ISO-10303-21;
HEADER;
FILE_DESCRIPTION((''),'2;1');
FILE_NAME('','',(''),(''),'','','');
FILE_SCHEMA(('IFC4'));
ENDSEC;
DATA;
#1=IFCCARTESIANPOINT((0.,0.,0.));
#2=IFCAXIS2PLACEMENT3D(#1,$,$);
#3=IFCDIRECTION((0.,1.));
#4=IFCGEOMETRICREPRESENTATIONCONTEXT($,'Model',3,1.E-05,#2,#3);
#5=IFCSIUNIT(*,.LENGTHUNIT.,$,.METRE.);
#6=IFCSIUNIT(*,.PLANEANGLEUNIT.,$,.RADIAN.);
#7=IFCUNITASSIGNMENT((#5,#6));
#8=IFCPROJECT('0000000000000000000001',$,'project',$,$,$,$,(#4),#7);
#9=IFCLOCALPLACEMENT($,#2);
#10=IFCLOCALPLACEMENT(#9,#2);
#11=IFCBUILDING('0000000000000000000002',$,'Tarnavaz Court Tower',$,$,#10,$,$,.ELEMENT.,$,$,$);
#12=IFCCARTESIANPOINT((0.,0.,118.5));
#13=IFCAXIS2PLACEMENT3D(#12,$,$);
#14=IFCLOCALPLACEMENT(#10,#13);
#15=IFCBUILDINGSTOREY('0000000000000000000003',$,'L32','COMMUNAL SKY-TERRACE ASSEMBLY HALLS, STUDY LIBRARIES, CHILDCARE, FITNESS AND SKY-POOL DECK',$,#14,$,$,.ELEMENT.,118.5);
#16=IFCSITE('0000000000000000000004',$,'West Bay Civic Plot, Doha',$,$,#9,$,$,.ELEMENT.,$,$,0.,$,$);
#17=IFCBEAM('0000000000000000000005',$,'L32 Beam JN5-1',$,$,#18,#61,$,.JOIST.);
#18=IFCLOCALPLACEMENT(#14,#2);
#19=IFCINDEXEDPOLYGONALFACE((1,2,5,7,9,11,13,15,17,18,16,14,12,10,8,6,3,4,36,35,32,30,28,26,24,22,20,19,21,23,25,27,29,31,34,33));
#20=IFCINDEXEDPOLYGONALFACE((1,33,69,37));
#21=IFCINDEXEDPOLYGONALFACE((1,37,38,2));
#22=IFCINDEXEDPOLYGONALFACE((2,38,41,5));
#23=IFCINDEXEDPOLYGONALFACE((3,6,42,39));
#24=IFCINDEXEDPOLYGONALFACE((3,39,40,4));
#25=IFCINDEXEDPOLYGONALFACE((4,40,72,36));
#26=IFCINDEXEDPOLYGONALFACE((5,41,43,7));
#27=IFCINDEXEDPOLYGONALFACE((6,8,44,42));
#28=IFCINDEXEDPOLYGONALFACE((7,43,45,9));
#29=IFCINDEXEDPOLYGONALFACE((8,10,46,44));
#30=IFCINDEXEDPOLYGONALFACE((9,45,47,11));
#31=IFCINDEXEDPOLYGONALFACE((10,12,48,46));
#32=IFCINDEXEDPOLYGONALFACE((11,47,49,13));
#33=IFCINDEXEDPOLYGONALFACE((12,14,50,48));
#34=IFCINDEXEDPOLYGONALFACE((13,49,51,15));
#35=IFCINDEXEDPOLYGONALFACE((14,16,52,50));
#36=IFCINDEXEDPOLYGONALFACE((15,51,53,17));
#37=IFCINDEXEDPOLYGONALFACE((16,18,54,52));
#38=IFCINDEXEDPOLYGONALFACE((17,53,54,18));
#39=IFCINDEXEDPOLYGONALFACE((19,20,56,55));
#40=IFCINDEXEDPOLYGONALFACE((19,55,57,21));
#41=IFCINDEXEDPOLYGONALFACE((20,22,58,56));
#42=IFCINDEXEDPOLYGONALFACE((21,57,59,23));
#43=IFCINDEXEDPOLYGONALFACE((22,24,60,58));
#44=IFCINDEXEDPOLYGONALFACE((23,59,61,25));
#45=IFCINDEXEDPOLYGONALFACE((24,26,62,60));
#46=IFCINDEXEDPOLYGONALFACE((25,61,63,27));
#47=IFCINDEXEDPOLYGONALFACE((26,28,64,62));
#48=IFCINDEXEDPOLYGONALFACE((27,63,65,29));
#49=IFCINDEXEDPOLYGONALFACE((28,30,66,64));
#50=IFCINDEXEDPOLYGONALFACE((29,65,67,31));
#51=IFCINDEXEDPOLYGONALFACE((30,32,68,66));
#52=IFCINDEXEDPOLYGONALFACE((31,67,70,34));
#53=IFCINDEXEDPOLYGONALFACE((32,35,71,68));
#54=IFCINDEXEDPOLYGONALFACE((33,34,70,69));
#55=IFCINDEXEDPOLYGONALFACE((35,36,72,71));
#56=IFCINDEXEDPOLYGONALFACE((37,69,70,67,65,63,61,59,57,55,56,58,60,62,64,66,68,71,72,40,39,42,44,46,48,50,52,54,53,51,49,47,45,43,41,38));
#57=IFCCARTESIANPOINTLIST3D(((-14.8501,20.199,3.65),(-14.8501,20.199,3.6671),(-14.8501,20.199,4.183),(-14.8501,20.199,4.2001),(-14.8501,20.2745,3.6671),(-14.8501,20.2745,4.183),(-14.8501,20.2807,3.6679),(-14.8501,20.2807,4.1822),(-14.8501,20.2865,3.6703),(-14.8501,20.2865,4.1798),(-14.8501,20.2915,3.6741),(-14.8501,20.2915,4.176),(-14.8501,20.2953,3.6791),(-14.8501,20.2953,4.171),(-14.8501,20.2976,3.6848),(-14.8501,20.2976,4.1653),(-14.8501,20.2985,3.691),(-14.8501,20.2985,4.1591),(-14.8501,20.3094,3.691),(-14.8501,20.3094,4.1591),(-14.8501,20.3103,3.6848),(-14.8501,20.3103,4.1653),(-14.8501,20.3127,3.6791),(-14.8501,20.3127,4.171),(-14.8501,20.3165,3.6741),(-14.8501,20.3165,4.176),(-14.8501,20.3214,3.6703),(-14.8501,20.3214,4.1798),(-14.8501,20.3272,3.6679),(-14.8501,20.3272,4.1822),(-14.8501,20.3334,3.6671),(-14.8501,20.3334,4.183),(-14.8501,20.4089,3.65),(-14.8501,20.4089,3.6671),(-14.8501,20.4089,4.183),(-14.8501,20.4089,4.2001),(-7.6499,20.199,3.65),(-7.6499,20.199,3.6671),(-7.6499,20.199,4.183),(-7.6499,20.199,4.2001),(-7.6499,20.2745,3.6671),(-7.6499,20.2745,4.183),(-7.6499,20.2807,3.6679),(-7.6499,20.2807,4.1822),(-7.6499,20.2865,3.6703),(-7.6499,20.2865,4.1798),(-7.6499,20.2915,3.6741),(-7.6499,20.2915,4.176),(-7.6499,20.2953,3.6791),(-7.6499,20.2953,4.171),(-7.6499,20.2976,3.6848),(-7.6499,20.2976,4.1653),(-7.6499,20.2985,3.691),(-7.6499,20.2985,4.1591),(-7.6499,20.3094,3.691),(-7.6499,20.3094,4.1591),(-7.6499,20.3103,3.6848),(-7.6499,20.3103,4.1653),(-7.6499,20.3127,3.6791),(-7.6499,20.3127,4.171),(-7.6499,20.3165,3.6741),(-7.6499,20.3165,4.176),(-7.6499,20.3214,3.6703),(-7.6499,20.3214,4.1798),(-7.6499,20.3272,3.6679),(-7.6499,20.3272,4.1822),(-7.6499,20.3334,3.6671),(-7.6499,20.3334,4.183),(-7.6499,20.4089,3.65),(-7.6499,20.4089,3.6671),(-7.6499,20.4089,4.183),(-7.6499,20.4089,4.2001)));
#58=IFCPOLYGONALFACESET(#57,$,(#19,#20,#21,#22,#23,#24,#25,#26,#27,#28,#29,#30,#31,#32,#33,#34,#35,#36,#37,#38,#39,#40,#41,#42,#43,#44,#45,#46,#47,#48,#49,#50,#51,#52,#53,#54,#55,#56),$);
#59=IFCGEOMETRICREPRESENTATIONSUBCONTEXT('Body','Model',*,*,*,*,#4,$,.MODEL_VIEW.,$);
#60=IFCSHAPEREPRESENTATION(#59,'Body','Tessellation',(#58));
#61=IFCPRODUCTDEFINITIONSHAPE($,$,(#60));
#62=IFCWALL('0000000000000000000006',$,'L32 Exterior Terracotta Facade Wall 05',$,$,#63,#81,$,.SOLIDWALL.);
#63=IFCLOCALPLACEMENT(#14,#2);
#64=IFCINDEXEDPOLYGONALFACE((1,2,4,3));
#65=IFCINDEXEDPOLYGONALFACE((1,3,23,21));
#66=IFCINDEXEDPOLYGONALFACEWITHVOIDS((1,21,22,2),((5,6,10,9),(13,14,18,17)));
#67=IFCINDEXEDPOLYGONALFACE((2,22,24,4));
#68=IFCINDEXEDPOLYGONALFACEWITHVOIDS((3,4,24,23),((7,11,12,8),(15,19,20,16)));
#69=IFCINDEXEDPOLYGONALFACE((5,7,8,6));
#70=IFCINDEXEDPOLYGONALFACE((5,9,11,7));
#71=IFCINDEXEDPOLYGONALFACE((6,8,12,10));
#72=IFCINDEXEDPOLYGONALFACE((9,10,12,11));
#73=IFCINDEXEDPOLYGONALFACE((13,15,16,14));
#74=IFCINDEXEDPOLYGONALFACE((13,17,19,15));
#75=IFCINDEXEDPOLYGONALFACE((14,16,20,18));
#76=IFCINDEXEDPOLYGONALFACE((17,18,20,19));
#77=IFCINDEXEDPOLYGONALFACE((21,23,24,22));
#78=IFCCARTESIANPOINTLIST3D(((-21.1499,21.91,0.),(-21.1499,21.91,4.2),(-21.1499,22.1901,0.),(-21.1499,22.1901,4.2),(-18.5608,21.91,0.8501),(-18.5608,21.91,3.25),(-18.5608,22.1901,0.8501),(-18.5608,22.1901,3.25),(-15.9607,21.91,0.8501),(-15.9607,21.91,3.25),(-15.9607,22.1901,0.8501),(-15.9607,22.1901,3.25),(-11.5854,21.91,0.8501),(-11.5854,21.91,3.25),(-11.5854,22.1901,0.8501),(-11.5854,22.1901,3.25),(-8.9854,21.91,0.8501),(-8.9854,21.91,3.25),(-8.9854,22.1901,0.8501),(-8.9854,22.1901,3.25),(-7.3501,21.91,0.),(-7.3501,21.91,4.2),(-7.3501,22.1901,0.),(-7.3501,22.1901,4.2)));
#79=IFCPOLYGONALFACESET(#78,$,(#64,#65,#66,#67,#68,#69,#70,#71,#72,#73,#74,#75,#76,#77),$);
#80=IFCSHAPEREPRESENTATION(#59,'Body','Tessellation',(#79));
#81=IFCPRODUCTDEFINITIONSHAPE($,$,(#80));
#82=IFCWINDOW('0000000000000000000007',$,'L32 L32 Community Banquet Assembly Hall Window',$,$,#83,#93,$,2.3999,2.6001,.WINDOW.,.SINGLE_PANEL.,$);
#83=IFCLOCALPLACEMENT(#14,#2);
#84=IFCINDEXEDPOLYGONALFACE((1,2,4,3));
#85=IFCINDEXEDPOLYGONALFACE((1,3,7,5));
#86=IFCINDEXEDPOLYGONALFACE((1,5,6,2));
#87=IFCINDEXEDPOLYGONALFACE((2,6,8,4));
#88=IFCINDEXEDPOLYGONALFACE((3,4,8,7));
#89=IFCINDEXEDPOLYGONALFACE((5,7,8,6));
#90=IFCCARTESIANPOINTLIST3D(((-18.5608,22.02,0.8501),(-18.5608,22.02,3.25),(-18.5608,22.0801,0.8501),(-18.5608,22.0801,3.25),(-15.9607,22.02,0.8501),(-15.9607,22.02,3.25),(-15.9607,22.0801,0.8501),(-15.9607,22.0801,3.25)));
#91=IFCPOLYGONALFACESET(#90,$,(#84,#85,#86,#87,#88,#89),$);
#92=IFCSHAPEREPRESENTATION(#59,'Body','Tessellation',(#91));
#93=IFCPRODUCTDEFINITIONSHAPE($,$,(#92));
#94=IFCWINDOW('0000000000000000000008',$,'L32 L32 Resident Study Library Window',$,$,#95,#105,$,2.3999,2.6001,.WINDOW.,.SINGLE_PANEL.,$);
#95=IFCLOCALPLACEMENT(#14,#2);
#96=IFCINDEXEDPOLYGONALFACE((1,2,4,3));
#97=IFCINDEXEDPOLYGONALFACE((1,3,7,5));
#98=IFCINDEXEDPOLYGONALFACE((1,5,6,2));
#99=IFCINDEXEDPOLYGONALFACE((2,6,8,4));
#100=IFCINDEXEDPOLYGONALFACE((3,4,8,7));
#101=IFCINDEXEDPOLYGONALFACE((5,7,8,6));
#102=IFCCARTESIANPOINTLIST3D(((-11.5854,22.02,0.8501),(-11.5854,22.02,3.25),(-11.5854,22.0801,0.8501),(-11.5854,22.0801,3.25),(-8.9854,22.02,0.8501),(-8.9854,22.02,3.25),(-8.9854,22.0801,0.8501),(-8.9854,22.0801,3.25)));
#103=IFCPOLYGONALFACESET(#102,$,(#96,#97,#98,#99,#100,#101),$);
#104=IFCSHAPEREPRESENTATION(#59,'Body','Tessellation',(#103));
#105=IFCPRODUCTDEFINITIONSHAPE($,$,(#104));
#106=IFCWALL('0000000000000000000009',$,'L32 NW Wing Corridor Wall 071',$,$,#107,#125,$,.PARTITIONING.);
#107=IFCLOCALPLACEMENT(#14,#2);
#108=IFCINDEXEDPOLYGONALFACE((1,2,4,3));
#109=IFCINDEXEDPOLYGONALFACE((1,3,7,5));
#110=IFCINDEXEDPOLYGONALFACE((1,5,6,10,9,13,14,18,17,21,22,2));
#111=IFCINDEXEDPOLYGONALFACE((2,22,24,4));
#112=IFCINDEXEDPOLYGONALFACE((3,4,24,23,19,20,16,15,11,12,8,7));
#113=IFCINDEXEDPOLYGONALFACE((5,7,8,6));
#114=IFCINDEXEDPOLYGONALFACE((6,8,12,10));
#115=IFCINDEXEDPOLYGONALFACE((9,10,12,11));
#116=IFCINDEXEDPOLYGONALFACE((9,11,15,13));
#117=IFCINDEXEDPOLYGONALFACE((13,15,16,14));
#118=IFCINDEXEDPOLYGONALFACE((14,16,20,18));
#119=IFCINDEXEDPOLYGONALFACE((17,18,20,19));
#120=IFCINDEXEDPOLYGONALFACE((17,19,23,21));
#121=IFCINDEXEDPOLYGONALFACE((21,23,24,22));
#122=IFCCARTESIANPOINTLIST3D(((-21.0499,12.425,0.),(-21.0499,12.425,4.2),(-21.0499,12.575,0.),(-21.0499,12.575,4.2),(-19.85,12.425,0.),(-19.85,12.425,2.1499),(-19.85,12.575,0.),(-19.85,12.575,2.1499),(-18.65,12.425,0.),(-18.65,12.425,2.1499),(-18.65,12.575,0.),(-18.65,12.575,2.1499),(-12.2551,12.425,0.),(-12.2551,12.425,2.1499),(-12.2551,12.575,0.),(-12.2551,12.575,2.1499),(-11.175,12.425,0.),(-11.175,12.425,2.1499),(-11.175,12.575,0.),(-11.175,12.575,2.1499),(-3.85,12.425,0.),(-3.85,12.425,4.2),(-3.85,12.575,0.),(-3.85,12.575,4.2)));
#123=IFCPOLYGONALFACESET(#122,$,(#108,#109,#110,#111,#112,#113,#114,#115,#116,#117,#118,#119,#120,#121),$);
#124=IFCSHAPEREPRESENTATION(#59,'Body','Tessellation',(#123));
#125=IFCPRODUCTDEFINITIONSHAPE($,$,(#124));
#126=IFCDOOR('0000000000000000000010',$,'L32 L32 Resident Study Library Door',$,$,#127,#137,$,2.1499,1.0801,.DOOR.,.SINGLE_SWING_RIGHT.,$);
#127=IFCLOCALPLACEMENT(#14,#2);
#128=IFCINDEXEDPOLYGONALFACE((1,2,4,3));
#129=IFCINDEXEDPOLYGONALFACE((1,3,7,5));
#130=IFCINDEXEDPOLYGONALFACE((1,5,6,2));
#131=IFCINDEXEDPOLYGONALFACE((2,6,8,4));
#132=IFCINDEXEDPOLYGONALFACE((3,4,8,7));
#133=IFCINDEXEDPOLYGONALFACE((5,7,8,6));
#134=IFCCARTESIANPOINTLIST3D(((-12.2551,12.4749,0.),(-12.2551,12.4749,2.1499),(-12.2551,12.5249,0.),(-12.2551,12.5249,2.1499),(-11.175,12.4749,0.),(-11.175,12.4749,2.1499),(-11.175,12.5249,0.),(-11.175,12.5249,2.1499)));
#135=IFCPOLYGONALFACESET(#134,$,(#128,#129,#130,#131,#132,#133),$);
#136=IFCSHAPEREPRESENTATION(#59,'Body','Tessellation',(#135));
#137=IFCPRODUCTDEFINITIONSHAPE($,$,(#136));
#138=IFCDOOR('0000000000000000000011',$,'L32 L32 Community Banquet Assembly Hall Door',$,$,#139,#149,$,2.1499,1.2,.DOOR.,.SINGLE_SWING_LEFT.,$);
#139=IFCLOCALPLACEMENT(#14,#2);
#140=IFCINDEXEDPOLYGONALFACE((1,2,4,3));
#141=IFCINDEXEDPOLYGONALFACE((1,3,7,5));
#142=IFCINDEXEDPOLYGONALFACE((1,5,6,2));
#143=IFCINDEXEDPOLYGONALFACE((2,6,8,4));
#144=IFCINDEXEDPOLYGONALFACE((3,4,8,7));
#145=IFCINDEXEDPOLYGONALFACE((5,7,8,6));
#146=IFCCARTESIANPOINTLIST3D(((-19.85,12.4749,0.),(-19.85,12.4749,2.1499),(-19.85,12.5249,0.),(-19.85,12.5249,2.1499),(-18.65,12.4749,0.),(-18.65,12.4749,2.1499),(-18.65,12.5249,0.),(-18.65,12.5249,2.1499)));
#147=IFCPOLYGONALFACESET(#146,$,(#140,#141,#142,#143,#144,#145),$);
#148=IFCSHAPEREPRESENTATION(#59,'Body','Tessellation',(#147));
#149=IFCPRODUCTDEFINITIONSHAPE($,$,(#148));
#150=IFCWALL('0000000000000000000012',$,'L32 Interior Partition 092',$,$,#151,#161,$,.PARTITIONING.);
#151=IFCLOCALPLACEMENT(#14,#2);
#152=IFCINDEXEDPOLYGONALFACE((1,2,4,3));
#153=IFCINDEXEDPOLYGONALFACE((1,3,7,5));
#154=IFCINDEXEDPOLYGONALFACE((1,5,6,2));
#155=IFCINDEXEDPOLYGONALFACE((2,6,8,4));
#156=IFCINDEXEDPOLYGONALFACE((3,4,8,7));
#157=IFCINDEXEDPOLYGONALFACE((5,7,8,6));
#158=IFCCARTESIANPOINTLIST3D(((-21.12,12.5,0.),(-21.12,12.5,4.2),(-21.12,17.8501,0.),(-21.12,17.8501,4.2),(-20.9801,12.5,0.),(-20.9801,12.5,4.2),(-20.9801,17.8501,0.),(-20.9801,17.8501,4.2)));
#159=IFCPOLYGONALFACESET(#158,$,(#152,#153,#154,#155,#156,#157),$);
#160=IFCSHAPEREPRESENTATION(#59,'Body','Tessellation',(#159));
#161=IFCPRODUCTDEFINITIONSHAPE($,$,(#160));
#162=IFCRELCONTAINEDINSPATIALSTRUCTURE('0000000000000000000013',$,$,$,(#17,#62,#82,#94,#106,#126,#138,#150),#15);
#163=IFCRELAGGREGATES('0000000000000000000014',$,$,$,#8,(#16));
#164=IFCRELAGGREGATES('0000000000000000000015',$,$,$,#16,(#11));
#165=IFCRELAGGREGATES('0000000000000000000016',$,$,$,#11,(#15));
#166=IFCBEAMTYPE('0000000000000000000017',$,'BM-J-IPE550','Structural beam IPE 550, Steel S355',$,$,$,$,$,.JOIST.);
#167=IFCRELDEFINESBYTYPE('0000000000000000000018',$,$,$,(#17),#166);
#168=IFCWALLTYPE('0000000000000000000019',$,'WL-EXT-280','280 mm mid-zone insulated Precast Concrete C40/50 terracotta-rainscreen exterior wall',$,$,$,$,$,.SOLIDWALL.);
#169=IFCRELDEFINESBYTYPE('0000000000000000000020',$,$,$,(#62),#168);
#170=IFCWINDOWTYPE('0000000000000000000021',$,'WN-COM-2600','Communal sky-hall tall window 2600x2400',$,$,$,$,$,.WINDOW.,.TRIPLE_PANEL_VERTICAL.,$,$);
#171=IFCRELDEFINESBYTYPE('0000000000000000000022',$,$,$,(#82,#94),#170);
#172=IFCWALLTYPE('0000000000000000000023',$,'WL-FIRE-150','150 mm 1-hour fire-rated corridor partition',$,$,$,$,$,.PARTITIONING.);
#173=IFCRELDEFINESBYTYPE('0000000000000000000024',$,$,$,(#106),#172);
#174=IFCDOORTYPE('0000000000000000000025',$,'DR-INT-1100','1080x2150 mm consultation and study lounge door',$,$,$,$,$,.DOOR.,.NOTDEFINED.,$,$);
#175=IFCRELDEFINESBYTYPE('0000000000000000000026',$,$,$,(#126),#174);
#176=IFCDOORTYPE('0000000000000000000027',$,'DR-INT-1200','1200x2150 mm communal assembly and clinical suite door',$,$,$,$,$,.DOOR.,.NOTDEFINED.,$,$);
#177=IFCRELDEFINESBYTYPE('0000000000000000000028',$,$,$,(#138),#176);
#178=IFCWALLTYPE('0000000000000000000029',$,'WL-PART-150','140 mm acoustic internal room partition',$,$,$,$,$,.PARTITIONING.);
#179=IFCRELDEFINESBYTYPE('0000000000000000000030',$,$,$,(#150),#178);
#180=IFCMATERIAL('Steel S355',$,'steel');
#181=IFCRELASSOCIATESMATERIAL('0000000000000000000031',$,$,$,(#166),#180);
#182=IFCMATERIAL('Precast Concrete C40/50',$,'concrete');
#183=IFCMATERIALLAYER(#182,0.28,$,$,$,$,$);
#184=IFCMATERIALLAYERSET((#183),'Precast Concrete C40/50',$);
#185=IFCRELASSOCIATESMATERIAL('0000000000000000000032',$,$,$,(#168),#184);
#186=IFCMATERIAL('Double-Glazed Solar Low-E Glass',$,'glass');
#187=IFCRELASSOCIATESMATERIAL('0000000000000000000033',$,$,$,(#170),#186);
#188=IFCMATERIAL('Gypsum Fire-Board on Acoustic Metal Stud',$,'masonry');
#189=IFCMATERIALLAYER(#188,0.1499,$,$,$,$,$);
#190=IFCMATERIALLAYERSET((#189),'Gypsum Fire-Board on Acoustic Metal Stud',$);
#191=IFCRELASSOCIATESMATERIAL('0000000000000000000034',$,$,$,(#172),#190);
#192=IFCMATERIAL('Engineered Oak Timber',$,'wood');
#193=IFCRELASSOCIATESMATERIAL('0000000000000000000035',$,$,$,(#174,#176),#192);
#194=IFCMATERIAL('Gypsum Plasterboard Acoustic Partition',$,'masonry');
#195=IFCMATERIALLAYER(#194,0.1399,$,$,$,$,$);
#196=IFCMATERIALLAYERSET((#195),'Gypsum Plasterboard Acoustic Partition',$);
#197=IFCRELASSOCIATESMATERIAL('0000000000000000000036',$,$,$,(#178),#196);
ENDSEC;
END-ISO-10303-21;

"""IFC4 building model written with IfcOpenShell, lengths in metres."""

from ifc_helpers import new_model, si_unit, direction, frame, frame_2d, origin, origin_2d, place, context, subcontext, project, spatial, rectangle, i_section, extrude, material, layer, layer_set, material_profile, profile_set, type_object, element, fill, save


model = new_model("IFC4")

# Units and contexts
model_context = context("Model", 3, precision=1e-05, world=origin(), true_north=direction((0.0, 1.0)))
body_context = subcontext(model_context, "Body", "Model", "MODEL_VIEW")
ifc_project = project(units=[si_unit("LENGTHUNIT", "METRE"), si_unit("PLANEANGLEUNIT", "RADIAN")], contexts=[model_context])

# Site, building, storey
site_placement = place(None, origin())
site = spatial("IfcSite", under=ifc_project, at=site_placement, Name="West Bay Civic Plot, Doha", CompositionType="ELEMENT", RefElevation=0.0)
building_placement = place(site_placement, origin())
building = spatial("IfcBuilding", under=site, at=building_placement, Name="Tarnavaz Court Tower", CompositionType="ELEMENT")
storey_placement = place(building_placement, frame((0.0, 0.0, 118.5)))
storey = spatial("IfcBuildingStorey", under=building, at=storey_placement, Name="L32", Description="COMMUNAL SKY-TERRACE ASSEMBLY HALLS, STUDY LIBRARIES, CHILDCARE, FITNESS AND SKY-POOL DECK", CompositionType="ELEMENT", Elevation=118.5)

# Beam
ifc_material_1 = material(Name="Steel S355", Category="steel")
ifc_material_profile_1 = material_profile(ifc_material_1, i_section(OverallWidth=0.21, OverallDepth=0.55, WebThickness=0.011, FlangeThickness=0.0171, FilletRadius=0.0239, at=origin_2d()), Name="IPE 550")
ifc_profile_set_1 = profile_set([ifc_material_profile_1], Name="Steel S355")
beam_type = type_object("IfcBeamType", Name="BM-J-IPE550", Description="Structural beam IPE 550, Steel S355", PredefinedType="JOIST", material=ifc_profile_set_1)
for number, where, z_axis, x_axis, name in (
    (1, (-14.8501, 20.304, 3.925), (1.0, 0.0, 0.0), (0.0, 1.0, 0.0), "L32 Beam JN5-1"),
):
    element("IfcBeam", number, at=place(storey_placement, frame(where, z_axis=z_axis, x_axis=x_axis)), inside=storey, type_object=beam_type, Name=name, PredefinedType="JOIST", context=body_context, shape_type="SweptSolid", body=[
        extrude(i_section(OverallWidth=0.21, OverallDepth=0.55, WebThickness=0.011, FlangeThickness=0.0171, FilletRadius=0.0239, at=origin_2d()), origin(), (0.0, 0.0, 1.0), 7.2002),
    ])

# Wall, openings, windows
ifc_material_2 = material(Name="Precast Concrete C40/50", Category="concrete")
ifc_layer_1 = layer(ifc_material_2, 0.28)
ifc_layer_set_1 = layer_set([ifc_layer_1], Name="Precast Concrete C40/50")
wall_type_1 = type_object("IfcWallType", Name="WL-EXT-280", Description="280 mm mid-zone insulated Precast Concrete C40/50 terracotta-rainscreen exterior wall", PredefinedType="SOLIDWALL", material=ifc_layer_set_1)
wall_1_placement = place(storey_placement, frame((-21.1499, 22.05, 0.0), z_axis=(0.0, 0.0, 1.0), x_axis=(1.0, 0.0, 0.0)))
wall_1 = element("IfcWall", 2, at=wall_1_placement, inside=storey, type_object=wall_type_1, Name="L32 Exterior Terracotta Facade Wall 05", PredefinedType="SOLIDWALL", context=body_context, shape_type="SweptSolid", body=[
    extrude(rectangle(XDim=13.7998, YDim=0.28, at=frame_2d((6.8999, 0.0))), origin(), (0.0, 0.0, 1.0), 4.2),
])
opening_1_placement = place(wall_1_placement, frame((2.5891, 0.0, 0.8501)))
opening_1 = element("IfcOpeningElement", 3, at=opening_1_placement, cuts=wall_1, PredefinedType="OPENING", context=body_context, shape_type="SweptSolid", body=[
    extrude(rectangle(XDim=2.6001, YDim=2.3999, at=frame_2d((1.3, 1.2))), frame((0.0, 0.1499, 0.0), z_axis=(0.0, -1.0, 0.0), x_axis=(1.0, 0.0, 0.0)), (0.0, 0.0, 1.0), 0.3),
])
opening_2_placement = place(wall_1_placement, frame((9.5645, 0.0, 0.8501)))
opening_2 = element("IfcOpeningElement", 4, at=opening_2_placement, cuts=wall_1, PredefinedType="OPENING", context=body_context, shape_type="SweptSolid", body=[
    extrude(rectangle(XDim=2.6001, YDim=2.3999, at=frame_2d((1.3, 1.2))), frame((0.0, 0.1499, 0.0), z_axis=(0.0, -1.0, 0.0), x_axis=(1.0, 0.0, 0.0)), (0.0, 0.0, 1.0), 0.3),
])
ifc_material_3 = material(Name="Double-Glazed Solar Low-E Glass", Category="glass")
window_type = type_object("IfcWindowType", Name="WN-COM-2600", Description="Communal sky-hall tall window 2600x2400", PartitioningType="TRIPLE_PANEL_VERTICAL", PredefinedType="WINDOW", material=ifc_material_3)
window_1_placement = place(opening_1_placement, origin())
window_1 = element("IfcWindow", 5, at=window_1_placement, inside=storey, type_object=window_type, Name="L32 L32 Community Banquet Assembly Hall Window", OverallHeight=2.3999, OverallWidth=2.6001, PartitioningType="SINGLE_PANEL", PredefinedType="WINDOW", context=body_context, shape_type="SweptSolid", body=[
    extrude(rectangle(XDim=2.6001, YDim=2.3999, at=frame_2d((1.3, 1.2))), frame((0.0, 0.03, 0.0), z_axis=(0.0, -1.0, 0.0), x_axis=(1.0, 0.0, 0.0)), (0.0, 0.0, 1.0), 0.0601),
])
fill(opening_1, window_1)
window_2_placement = place(opening_2_placement, origin())
window_2 = element("IfcWindow", 6, at=window_2_placement, inside=storey, type_object=window_type, Name="L32 L32 Resident Study Library Window", OverallHeight=2.3999, OverallWidth=2.6001, PartitioningType="SINGLE_PANEL", PredefinedType="WINDOW", context=body_context, shape_type="SweptSolid", body=[
    extrude(rectangle(XDim=2.6001, YDim=2.3999, at=frame_2d((1.3, 1.2))), frame((0.0, 0.03, 0.0), z_axis=(0.0, -1.0, 0.0), x_axis=(1.0, 0.0, 0.0)), (0.0, 0.0, 1.0), 0.0601),
])
fill(opening_2, window_2)

# Wall, openings, doors
ifc_material_4 = material(Name="Gypsum Fire-Board on Acoustic Metal Stud", Category="masonry")
ifc_layer_2 = layer(ifc_material_4, 0.1499)
ifc_layer_set_2 = layer_set([ifc_layer_2], Name="Gypsum Fire-Board on Acoustic Metal Stud")
wall_type_2 = type_object("IfcWallType", Name="WL-FIRE-150", Description="150 mm 1-hour fire-rated corridor partition", PredefinedType="PARTITIONING", material=ifc_layer_set_2)
wall_2_placement = place(storey_placement, frame((-21.05, 12.5, 0.0), z_axis=(0.0, 0.0, 1.0), x_axis=(1.0, 0.0, 0.0)))
wall_2 = element("IfcWall", 7, at=wall_2_placement, inside=storey, type_object=wall_type_2, Name="L32 NW Wing Corridor Wall 071", PredefinedType="PARTITIONING", context=body_context, shape_type="SweptSolid", body=[
    extrude(rectangle(XDim=17.2, YDim=0.1499, at=frame_2d((8.6001, 0.0))), origin(), (0.0, 0.0, 1.0), 4.2),
])
opening_3_placement = place(wall_2_placement, frame((1.2, 0.0, 0.0)))
opening_3 = element("IfcOpeningElement", 8, at=opening_3_placement, cuts=wall_2, PredefinedType="OPENING", context=body_context, shape_type="SweptSolid", body=[
    extrude(rectangle(XDim=1.2, YDim=2.1499, at=frame_2d((0.6001, 1.075))), frame((0.0, 0.085, 0.0), z_axis=(0.0, -1.0, 0.0), x_axis=(1.0, 0.0, 0.0)), (0.0, 0.0, 1.0), 0.1699),
])
opening_4_placement = place(wall_2_placement, frame((8.7949, 0.0, 0.0)))
opening_4 = element("IfcOpeningElement", 9, at=opening_4_placement, cuts=wall_2, PredefinedType="OPENING", context=body_context, shape_type="SweptSolid", body=[
    extrude(rectangle(XDim=1.0801, YDim=2.1499, at=frame_2d((0.54, 1.075))), frame((0.0, 0.085, 0.0), z_axis=(0.0, -1.0, 0.0), x_axis=(1.0, 0.0, 0.0)), (0.0, 0.0, 1.0), 0.1699),
])
ifc_material_5 = material(Name="Engineered Oak Timber", Category="wood")
door_type_1 = type_object("IfcDoorType", Name="DR-INT-1100", Description="1080x2150 mm consultation and study lounge door", OperationType="NOTDEFINED", PredefinedType="DOOR", material=ifc_material_5)
door_1_placement = place(opening_4_placement, origin())
door_1 = element("IfcDoor", 10, at=door_1_placement, inside=storey, type_object=door_type_1, Name="L32 L32 Resident Study Library Door", OperationType="SINGLE_SWING_RIGHT", OverallHeight=2.1499, OverallWidth=1.0801, PredefinedType="DOOR", context=body_context, shape_type="SweptSolid", body=[
    extrude(rectangle(XDim=1.0801, YDim=2.1499, at=frame_2d((0.54, 1.075))), frame((0.0, 0.0249, 0.0), z_axis=(0.0, -1.0, 0.0), x_axis=(1.0, 0.0, 0.0)), (0.0, 0.0, 1.0), 0.05),
])
fill(opening_4, door_1)
door_type_2 = type_object("IfcDoorType", Name="DR-INT-1200", Description="1200x2150 mm communal assembly and clinical suite door", OperationType="NOTDEFINED", PredefinedType="DOOR", material=ifc_material_5)
door_2_placement = place(opening_3_placement, origin())
door_2 = element("IfcDoor", 11, at=door_2_placement, inside=storey, type_object=door_type_2, Name="L32 L32 Community Banquet Assembly Hall Door", OperationType="SINGLE_SWING_LEFT", OverallHeight=2.1499, OverallWidth=1.2, PredefinedType="DOOR", context=body_context, shape_type="SweptSolid", body=[
    extrude(rectangle(XDim=1.2, YDim=2.1499, at=frame_2d((0.6001, 1.075))), frame((0.0, 0.0249, 0.0), z_axis=(0.0, -1.0, 0.0), x_axis=(1.0, 0.0, 0.0)), (0.0, 0.0, 1.0), 0.05),
])
fill(opening_3, door_2)

# Wall
ifc_material_6 = material(Name="Gypsum Plasterboard Acoustic Partition", Category="masonry")
ifc_layer_3 = layer(ifc_material_6, 0.1399)
ifc_layer_set_3 = layer_set([ifc_layer_3], Name="Gypsum Plasterboard Acoustic Partition")
wall_type_3 = type_object("IfcWallType", Name="WL-PART-150", Description="140 mm acoustic internal room partition", PredefinedType="PARTITIONING", material=ifc_layer_set_3)
wall_3_placement = place(storey_placement, frame((-21.05, 12.5, 0.0), z_axis=(0.0, 0.0, 1.0), x_axis=(0.0, 1.0, 0.0)))
element("IfcWall", 12, at=wall_3_placement, inside=storey, type_object=wall_type_3, Name="L32 Interior Partition 092", PredefinedType="PARTITIONING", context=body_context, shape_type="SweptSolid", body=[
    extrude(rectangle(XDim=5.3501, YDim=0.1399, at=frame_2d((2.675, 0.0))), origin(), (0.0, 0.0, 1.0), 4.2),
])

save(model, "model.ifc")
